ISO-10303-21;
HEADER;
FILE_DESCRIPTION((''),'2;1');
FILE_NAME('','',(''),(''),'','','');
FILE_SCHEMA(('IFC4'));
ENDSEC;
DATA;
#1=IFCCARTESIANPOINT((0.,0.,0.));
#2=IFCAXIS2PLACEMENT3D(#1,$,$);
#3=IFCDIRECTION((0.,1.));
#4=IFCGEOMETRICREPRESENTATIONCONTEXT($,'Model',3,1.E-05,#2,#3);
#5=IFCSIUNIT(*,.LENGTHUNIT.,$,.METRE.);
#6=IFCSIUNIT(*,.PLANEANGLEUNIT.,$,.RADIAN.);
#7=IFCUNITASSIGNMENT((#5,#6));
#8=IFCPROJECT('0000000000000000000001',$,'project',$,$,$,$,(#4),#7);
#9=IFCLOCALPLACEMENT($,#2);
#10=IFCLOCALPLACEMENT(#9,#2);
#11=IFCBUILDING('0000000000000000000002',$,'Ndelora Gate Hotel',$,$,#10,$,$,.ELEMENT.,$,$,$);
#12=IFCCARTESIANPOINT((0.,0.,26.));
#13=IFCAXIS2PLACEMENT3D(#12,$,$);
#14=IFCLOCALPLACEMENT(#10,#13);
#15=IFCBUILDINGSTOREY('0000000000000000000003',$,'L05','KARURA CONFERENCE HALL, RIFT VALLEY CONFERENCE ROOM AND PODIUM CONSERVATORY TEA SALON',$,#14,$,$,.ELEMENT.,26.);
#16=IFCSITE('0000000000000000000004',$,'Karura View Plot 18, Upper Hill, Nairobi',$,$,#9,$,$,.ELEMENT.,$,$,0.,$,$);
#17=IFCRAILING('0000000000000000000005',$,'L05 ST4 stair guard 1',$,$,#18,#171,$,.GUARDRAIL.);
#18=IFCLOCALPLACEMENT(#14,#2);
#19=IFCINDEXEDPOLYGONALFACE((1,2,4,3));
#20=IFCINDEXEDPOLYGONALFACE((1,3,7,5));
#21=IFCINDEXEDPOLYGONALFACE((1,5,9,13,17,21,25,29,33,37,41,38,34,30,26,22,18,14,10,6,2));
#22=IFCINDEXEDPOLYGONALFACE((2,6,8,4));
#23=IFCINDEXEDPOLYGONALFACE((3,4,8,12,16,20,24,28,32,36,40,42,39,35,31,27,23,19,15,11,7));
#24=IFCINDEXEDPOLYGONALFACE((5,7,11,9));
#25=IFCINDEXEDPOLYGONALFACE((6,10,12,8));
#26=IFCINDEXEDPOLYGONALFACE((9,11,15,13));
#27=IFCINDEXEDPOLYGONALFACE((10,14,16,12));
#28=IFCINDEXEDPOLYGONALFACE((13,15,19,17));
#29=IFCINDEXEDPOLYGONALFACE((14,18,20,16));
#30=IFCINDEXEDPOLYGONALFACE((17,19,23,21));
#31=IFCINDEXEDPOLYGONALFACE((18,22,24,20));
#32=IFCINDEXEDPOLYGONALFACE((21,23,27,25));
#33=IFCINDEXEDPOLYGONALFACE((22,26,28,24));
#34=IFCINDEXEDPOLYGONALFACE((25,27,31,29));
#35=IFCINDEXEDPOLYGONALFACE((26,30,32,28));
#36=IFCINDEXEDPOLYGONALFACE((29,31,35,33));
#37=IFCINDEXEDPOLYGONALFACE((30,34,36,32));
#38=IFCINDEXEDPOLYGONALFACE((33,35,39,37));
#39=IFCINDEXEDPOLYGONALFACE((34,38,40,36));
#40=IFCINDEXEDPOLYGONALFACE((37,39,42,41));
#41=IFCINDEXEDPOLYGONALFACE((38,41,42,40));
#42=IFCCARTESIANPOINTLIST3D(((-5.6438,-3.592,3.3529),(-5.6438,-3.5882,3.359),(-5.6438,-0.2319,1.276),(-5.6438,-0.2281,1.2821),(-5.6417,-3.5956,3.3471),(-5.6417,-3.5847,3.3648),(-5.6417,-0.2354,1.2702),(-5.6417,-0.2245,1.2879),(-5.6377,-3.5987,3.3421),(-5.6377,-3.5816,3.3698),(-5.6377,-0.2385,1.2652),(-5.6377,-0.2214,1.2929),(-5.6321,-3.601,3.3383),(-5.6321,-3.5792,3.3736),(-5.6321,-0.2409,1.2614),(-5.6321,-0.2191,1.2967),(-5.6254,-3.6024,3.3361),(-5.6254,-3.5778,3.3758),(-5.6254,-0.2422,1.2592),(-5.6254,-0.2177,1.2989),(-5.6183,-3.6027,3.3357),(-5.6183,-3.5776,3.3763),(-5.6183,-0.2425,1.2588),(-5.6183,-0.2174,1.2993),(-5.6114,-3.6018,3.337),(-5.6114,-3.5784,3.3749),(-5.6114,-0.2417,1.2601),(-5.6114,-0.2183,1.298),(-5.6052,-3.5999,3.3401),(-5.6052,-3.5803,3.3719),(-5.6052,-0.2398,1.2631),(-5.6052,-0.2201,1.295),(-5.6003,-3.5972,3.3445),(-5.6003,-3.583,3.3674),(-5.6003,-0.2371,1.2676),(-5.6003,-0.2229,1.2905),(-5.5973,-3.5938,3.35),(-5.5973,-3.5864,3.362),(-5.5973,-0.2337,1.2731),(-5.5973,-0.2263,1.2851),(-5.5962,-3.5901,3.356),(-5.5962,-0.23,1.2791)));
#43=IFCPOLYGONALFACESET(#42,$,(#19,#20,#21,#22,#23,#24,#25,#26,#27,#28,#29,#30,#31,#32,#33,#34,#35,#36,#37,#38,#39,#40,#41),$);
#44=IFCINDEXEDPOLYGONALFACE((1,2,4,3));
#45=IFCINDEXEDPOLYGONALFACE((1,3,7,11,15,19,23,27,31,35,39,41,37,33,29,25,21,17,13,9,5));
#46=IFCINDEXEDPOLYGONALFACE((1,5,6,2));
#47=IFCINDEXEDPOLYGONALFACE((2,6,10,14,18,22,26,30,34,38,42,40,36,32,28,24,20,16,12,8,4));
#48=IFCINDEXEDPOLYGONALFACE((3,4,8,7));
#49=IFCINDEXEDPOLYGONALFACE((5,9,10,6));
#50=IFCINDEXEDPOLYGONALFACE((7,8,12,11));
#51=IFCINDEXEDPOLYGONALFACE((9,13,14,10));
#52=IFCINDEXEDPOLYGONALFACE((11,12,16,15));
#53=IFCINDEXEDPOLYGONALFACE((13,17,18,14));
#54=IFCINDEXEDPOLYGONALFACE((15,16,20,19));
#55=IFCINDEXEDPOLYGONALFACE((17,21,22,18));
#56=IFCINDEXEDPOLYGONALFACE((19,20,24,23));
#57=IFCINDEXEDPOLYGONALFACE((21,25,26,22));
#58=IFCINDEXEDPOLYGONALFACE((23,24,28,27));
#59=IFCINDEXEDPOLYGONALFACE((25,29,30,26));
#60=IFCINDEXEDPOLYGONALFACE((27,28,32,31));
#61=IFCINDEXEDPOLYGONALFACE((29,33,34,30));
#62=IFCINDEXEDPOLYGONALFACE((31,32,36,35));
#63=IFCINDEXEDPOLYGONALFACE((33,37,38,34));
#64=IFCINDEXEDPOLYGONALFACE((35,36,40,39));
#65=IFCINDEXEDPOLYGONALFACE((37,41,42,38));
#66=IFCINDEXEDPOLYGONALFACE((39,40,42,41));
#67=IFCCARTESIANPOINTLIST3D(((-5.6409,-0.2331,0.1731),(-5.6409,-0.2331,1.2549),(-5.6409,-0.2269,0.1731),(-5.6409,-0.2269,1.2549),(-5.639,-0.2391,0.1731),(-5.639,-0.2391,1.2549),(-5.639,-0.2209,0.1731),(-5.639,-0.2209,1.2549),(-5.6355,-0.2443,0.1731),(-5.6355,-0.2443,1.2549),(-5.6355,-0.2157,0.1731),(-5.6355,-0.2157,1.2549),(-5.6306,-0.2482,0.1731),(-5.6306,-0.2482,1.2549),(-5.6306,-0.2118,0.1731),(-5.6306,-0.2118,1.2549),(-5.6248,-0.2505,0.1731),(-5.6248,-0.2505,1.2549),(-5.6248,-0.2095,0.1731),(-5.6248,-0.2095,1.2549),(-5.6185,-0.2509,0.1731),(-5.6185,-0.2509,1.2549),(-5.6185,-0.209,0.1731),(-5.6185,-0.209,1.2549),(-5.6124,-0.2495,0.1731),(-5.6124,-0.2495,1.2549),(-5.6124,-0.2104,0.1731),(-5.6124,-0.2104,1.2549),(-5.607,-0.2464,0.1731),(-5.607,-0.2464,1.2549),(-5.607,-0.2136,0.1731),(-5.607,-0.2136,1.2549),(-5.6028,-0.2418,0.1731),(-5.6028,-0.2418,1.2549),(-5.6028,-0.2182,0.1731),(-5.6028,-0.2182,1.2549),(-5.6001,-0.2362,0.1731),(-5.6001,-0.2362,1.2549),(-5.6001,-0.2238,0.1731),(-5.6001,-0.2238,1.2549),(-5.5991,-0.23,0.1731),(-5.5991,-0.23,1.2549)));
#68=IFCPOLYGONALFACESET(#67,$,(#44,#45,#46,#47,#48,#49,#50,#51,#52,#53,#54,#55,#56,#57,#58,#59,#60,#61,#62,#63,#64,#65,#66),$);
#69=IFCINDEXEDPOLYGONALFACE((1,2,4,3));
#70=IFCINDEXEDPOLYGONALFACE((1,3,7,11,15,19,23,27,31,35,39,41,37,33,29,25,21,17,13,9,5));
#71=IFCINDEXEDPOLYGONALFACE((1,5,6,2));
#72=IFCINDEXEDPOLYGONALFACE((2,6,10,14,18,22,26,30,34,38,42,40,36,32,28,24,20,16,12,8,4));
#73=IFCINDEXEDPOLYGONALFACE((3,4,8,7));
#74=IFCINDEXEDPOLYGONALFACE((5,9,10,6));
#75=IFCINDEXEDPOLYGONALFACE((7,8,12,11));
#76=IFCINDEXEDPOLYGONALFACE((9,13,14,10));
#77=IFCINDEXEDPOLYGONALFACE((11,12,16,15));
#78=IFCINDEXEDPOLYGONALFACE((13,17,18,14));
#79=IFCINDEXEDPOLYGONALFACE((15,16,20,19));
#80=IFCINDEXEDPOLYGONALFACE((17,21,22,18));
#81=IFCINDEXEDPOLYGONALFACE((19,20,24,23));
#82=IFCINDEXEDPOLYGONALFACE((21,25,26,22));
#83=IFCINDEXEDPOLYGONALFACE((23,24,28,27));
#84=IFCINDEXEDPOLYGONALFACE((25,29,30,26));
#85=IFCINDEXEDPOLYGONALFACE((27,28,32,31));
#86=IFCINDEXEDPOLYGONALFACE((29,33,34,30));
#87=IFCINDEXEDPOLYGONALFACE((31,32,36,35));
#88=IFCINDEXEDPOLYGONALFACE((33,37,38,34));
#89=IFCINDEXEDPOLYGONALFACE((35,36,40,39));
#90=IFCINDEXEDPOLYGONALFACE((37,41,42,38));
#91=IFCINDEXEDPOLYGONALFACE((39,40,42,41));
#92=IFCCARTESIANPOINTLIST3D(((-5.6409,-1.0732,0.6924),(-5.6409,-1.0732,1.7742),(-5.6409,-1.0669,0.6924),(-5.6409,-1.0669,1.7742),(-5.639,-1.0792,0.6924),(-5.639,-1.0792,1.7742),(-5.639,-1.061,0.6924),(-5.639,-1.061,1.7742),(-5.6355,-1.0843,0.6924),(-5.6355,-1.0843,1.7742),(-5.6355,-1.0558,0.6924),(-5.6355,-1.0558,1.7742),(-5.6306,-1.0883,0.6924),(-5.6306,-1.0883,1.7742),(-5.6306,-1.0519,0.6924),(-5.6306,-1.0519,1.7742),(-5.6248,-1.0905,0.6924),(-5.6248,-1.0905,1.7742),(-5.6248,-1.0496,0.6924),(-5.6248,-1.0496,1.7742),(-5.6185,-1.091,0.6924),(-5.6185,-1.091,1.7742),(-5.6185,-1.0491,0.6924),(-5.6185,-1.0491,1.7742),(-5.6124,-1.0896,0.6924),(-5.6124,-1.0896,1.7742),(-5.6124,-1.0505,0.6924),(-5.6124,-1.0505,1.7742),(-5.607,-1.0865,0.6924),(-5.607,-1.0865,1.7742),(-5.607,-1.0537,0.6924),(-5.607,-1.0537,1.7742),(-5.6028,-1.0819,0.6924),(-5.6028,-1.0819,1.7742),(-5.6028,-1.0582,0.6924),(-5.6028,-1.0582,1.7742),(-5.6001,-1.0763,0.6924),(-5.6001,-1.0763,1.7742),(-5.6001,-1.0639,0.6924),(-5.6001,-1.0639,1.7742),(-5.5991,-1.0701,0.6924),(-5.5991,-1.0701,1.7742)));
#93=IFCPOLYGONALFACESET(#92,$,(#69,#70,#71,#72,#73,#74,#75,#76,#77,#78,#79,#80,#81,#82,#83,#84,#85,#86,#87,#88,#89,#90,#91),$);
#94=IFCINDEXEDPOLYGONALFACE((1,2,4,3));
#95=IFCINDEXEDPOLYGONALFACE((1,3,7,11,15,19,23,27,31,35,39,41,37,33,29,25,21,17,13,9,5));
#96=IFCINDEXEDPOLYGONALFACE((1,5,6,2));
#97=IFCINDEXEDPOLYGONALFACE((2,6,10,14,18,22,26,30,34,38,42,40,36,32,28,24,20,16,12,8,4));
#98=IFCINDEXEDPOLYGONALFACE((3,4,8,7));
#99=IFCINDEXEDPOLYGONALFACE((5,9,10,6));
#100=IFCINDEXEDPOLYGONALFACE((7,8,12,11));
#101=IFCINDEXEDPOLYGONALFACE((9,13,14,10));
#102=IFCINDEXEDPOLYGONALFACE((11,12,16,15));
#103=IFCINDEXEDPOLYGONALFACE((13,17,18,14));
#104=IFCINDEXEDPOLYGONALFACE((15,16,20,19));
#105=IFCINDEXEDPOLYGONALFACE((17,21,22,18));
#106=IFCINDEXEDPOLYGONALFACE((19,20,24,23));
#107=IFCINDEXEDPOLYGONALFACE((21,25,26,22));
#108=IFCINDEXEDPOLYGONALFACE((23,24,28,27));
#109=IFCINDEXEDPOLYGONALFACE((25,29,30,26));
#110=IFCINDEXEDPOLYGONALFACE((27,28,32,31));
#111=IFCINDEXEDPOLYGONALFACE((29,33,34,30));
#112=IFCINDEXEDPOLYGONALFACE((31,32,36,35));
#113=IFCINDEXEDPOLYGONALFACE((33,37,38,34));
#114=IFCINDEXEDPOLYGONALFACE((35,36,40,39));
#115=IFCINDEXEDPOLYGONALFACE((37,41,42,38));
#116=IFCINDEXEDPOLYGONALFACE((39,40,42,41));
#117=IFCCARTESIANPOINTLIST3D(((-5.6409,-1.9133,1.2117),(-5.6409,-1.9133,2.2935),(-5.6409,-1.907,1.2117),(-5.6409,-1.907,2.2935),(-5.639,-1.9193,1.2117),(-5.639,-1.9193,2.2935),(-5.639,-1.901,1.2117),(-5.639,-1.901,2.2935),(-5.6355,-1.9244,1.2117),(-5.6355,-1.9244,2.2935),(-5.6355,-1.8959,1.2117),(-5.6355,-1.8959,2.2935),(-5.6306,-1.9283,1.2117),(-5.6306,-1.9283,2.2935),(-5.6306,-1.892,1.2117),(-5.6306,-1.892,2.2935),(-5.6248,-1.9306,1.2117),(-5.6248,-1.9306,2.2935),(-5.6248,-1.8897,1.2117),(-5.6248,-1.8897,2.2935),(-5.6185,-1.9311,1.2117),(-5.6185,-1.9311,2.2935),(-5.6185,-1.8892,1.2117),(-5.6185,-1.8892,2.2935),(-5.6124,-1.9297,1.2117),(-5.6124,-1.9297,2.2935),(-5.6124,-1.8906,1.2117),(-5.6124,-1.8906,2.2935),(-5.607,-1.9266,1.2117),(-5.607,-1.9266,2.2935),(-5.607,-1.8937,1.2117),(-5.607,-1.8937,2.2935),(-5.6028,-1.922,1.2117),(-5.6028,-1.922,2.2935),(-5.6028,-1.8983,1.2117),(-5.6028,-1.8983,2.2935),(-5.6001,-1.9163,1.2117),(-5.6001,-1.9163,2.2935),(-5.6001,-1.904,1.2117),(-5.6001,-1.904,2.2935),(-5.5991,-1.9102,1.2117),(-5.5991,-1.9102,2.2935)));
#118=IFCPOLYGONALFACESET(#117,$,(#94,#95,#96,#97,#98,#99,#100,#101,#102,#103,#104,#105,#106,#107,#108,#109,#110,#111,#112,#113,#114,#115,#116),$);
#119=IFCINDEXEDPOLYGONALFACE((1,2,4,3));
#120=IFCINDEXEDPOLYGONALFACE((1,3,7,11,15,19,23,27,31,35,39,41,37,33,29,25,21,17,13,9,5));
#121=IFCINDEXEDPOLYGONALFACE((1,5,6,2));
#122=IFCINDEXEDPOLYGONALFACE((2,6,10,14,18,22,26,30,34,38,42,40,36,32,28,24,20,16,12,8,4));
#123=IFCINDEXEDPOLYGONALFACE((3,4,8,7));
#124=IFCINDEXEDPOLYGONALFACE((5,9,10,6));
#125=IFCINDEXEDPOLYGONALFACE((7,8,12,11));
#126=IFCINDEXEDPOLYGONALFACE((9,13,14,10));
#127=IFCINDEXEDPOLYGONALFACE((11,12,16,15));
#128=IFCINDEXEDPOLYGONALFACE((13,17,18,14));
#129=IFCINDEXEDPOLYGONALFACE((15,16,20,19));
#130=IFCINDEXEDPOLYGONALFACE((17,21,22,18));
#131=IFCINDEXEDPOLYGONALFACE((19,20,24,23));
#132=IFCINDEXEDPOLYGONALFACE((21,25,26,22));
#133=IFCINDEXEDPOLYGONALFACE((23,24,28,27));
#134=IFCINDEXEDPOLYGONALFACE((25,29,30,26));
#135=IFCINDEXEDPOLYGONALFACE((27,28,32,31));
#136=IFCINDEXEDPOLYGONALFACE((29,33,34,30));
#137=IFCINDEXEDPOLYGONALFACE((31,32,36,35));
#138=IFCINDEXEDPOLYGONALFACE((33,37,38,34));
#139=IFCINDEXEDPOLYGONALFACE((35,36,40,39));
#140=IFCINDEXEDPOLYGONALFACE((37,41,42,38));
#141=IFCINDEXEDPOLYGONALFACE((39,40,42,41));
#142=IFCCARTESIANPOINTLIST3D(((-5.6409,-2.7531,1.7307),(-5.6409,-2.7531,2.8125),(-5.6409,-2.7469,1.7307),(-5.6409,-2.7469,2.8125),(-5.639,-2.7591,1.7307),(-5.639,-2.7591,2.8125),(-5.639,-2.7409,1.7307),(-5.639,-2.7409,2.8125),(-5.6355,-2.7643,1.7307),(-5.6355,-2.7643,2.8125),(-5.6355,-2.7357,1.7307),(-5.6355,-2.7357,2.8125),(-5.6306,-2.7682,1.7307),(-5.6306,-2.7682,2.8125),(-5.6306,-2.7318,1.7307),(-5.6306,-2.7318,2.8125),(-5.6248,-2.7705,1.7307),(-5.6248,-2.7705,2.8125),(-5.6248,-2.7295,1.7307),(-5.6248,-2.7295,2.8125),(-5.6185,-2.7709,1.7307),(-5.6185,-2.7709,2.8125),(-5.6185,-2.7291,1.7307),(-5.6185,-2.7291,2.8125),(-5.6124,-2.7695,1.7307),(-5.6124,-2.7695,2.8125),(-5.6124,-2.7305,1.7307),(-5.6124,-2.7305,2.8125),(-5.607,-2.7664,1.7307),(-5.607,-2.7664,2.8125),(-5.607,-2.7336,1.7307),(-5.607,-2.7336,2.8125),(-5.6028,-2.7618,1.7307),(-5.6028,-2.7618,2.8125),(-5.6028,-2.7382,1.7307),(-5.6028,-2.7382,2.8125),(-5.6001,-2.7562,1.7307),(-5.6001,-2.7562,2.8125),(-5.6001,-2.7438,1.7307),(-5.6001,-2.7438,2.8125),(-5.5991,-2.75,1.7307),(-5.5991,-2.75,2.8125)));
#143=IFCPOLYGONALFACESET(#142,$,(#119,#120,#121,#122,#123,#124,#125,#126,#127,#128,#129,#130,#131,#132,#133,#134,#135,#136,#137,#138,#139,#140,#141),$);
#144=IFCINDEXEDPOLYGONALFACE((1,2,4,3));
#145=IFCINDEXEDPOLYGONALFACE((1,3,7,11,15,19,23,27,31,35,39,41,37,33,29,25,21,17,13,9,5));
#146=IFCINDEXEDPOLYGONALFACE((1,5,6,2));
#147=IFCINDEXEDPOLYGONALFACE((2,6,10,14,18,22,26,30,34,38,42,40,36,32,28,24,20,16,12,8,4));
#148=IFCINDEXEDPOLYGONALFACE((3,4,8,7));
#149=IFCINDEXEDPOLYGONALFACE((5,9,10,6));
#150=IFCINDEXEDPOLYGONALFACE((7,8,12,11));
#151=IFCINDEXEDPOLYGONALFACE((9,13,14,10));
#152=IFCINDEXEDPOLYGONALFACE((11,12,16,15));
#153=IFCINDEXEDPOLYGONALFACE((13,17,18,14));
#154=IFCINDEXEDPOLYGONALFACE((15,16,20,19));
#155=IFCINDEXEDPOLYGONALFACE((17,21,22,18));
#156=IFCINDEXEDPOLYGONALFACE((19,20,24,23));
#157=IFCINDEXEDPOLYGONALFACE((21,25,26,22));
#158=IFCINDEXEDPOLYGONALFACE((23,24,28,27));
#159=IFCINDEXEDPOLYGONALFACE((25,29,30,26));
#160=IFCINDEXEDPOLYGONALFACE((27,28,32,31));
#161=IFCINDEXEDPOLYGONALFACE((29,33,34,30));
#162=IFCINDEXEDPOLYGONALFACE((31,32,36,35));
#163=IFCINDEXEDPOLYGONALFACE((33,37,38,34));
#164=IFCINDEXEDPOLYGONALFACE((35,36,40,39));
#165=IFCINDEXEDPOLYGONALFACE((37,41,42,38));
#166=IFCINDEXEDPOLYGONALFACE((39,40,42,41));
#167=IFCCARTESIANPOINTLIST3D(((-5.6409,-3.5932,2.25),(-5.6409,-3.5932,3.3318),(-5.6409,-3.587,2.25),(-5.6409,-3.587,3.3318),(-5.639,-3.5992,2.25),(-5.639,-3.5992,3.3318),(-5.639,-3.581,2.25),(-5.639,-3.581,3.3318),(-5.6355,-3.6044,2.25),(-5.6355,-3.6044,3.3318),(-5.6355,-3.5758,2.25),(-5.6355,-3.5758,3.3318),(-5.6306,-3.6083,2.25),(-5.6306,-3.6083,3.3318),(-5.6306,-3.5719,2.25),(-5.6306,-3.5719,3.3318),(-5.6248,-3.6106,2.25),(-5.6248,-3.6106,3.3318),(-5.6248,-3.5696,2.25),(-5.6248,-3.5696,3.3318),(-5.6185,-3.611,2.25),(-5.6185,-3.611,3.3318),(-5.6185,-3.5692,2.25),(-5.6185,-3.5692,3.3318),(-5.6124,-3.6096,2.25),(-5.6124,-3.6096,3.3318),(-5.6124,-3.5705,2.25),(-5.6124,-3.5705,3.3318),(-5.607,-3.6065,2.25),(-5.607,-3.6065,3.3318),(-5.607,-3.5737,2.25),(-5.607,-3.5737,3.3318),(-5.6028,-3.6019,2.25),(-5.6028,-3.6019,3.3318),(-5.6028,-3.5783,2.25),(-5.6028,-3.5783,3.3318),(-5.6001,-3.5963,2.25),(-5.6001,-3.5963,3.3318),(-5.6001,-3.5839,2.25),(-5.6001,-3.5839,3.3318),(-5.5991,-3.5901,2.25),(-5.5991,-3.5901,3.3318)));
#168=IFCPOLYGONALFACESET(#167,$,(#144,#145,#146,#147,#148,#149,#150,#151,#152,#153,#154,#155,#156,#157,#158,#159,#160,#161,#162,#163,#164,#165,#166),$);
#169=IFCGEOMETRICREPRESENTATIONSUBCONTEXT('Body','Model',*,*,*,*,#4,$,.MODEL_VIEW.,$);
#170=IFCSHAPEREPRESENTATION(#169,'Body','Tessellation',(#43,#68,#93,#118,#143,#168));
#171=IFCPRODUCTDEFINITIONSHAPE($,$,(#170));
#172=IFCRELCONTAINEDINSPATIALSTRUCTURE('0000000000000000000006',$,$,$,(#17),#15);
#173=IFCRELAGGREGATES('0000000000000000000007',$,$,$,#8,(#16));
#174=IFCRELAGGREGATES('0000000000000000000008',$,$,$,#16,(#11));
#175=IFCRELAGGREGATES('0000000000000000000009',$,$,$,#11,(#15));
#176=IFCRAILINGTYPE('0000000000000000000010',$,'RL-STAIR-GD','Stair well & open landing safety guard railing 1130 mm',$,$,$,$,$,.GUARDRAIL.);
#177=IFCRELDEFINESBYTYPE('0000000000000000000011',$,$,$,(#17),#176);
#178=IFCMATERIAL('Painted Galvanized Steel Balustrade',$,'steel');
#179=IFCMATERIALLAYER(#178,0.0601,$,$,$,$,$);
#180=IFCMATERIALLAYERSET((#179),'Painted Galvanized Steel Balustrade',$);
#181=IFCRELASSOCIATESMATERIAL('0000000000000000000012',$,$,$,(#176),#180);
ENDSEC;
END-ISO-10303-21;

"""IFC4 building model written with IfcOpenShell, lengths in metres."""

from ifc_helpers import new_model, si_unit, direction, frame, origin, origin_2d, place, context, subcontext, project, spatial, circle, extrude, material, layer, layer_set, type_object, element, save


model = new_model("IFC4")

# Units and contexts
model_context = context("Model", 3, precision=1e-05, world=origin(), true_north=direction((0.0, 1.0)))
body_context = subcontext(model_context, "Body", "Model", "MODEL_VIEW")
ifc_project = project(units=[si_unit("LENGTHUNIT", "METRE"), si_unit("PLANEANGLEUNIT", "RADIAN")], contexts=[model_context])

# Site, building, storey
site_placement = place(None, origin())
site = spatial("IfcSite", under=ifc_project, at=site_placement, Name="Karura View Plot 18, Upper Hill, Nairobi", CompositionType="ELEMENT", RefElevation=0.0)
building_placement = place(site_placement, origin())
building = spatial("IfcBuilding", under=site, at=building_placement, Name="Ndelora Gate Hotel", CompositionType="ELEMENT")
storey_placement = place(building_placement, frame((0.0, 0.0, 26.0)))
storey = spatial("IfcBuildingStorey", under=building, at=storey_placement, Name="L05", Description="KARURA CONFERENCE HALL, RIFT VALLEY CONFERENCE ROOM AND PODIUM CONSERVATORY TEA SALON", CompositionType="ELEMENT", Elevation=26.0)

# Railing
ifc_material_1 = material(Name="Painted Galvanized Steel Balustrade", Category="steel")
ifc_layer_1 = layer(ifc_material_1, 0.0601)
ifc_layer_set_1 = layer_set([ifc_layer_1], Name="Painted Galvanized Steel Balustrade")
railing_type_1 = type_object("IfcRailingType", Name="RL-STAIR-GD", Description="Stair well & open landing safety guard railing 1130 mm", PredefinedType="GUARDRAIL", material=ifc_layer_set_1)
railing_1_placement = place(storey_placement, frame((-5.6201, -0.23, 0.1731)))
element("IfcRailing", 1, at=railing_1_placement, inside=storey, type_object=railing_type_1, Name="L05 ST4 stair guard 1", PredefinedType="GUARDRAIL", context=body_context, shape_type="SweptSolid", body=[
    extrude(circle(Radius=0.0239, at=origin_2d()), frame((0.0, 0.0, 1.106), z_axis=(0.0, -0.850623, 0.525776), x_axis=(1.0, 0.0, 0.0)), (0.0, 0.0, 1.0), 3.9502),
    extrude(circle(Radius=0.021, at=origin_2d()), origin(), (0.0, 0.0, 1.0), 1.0818),
    extrude(circle(Radius=0.021, at=origin_2d()), frame((0.0, -0.8401, 0.5193)), (0.0, 0.0, 1.0), 1.0818),
    extrude(circle(Radius=0.021, at=origin_2d()), frame((0.0, -1.6802, 1.0386)), (0.0, 0.0, 1.0), 1.0818),
    extrude(circle(Radius=0.021, at=origin_2d()), frame((0.0, -2.52, 1.5576)), (0.0, 0.0, 1.0), 1.0818),
    extrude(circle(Radius=0.021, at=origin_2d()), frame((0.0, -3.3601, 2.0769)), (0.0, 0.0, 1.0), 1.0818),
])

save(model, "model.ifc")
